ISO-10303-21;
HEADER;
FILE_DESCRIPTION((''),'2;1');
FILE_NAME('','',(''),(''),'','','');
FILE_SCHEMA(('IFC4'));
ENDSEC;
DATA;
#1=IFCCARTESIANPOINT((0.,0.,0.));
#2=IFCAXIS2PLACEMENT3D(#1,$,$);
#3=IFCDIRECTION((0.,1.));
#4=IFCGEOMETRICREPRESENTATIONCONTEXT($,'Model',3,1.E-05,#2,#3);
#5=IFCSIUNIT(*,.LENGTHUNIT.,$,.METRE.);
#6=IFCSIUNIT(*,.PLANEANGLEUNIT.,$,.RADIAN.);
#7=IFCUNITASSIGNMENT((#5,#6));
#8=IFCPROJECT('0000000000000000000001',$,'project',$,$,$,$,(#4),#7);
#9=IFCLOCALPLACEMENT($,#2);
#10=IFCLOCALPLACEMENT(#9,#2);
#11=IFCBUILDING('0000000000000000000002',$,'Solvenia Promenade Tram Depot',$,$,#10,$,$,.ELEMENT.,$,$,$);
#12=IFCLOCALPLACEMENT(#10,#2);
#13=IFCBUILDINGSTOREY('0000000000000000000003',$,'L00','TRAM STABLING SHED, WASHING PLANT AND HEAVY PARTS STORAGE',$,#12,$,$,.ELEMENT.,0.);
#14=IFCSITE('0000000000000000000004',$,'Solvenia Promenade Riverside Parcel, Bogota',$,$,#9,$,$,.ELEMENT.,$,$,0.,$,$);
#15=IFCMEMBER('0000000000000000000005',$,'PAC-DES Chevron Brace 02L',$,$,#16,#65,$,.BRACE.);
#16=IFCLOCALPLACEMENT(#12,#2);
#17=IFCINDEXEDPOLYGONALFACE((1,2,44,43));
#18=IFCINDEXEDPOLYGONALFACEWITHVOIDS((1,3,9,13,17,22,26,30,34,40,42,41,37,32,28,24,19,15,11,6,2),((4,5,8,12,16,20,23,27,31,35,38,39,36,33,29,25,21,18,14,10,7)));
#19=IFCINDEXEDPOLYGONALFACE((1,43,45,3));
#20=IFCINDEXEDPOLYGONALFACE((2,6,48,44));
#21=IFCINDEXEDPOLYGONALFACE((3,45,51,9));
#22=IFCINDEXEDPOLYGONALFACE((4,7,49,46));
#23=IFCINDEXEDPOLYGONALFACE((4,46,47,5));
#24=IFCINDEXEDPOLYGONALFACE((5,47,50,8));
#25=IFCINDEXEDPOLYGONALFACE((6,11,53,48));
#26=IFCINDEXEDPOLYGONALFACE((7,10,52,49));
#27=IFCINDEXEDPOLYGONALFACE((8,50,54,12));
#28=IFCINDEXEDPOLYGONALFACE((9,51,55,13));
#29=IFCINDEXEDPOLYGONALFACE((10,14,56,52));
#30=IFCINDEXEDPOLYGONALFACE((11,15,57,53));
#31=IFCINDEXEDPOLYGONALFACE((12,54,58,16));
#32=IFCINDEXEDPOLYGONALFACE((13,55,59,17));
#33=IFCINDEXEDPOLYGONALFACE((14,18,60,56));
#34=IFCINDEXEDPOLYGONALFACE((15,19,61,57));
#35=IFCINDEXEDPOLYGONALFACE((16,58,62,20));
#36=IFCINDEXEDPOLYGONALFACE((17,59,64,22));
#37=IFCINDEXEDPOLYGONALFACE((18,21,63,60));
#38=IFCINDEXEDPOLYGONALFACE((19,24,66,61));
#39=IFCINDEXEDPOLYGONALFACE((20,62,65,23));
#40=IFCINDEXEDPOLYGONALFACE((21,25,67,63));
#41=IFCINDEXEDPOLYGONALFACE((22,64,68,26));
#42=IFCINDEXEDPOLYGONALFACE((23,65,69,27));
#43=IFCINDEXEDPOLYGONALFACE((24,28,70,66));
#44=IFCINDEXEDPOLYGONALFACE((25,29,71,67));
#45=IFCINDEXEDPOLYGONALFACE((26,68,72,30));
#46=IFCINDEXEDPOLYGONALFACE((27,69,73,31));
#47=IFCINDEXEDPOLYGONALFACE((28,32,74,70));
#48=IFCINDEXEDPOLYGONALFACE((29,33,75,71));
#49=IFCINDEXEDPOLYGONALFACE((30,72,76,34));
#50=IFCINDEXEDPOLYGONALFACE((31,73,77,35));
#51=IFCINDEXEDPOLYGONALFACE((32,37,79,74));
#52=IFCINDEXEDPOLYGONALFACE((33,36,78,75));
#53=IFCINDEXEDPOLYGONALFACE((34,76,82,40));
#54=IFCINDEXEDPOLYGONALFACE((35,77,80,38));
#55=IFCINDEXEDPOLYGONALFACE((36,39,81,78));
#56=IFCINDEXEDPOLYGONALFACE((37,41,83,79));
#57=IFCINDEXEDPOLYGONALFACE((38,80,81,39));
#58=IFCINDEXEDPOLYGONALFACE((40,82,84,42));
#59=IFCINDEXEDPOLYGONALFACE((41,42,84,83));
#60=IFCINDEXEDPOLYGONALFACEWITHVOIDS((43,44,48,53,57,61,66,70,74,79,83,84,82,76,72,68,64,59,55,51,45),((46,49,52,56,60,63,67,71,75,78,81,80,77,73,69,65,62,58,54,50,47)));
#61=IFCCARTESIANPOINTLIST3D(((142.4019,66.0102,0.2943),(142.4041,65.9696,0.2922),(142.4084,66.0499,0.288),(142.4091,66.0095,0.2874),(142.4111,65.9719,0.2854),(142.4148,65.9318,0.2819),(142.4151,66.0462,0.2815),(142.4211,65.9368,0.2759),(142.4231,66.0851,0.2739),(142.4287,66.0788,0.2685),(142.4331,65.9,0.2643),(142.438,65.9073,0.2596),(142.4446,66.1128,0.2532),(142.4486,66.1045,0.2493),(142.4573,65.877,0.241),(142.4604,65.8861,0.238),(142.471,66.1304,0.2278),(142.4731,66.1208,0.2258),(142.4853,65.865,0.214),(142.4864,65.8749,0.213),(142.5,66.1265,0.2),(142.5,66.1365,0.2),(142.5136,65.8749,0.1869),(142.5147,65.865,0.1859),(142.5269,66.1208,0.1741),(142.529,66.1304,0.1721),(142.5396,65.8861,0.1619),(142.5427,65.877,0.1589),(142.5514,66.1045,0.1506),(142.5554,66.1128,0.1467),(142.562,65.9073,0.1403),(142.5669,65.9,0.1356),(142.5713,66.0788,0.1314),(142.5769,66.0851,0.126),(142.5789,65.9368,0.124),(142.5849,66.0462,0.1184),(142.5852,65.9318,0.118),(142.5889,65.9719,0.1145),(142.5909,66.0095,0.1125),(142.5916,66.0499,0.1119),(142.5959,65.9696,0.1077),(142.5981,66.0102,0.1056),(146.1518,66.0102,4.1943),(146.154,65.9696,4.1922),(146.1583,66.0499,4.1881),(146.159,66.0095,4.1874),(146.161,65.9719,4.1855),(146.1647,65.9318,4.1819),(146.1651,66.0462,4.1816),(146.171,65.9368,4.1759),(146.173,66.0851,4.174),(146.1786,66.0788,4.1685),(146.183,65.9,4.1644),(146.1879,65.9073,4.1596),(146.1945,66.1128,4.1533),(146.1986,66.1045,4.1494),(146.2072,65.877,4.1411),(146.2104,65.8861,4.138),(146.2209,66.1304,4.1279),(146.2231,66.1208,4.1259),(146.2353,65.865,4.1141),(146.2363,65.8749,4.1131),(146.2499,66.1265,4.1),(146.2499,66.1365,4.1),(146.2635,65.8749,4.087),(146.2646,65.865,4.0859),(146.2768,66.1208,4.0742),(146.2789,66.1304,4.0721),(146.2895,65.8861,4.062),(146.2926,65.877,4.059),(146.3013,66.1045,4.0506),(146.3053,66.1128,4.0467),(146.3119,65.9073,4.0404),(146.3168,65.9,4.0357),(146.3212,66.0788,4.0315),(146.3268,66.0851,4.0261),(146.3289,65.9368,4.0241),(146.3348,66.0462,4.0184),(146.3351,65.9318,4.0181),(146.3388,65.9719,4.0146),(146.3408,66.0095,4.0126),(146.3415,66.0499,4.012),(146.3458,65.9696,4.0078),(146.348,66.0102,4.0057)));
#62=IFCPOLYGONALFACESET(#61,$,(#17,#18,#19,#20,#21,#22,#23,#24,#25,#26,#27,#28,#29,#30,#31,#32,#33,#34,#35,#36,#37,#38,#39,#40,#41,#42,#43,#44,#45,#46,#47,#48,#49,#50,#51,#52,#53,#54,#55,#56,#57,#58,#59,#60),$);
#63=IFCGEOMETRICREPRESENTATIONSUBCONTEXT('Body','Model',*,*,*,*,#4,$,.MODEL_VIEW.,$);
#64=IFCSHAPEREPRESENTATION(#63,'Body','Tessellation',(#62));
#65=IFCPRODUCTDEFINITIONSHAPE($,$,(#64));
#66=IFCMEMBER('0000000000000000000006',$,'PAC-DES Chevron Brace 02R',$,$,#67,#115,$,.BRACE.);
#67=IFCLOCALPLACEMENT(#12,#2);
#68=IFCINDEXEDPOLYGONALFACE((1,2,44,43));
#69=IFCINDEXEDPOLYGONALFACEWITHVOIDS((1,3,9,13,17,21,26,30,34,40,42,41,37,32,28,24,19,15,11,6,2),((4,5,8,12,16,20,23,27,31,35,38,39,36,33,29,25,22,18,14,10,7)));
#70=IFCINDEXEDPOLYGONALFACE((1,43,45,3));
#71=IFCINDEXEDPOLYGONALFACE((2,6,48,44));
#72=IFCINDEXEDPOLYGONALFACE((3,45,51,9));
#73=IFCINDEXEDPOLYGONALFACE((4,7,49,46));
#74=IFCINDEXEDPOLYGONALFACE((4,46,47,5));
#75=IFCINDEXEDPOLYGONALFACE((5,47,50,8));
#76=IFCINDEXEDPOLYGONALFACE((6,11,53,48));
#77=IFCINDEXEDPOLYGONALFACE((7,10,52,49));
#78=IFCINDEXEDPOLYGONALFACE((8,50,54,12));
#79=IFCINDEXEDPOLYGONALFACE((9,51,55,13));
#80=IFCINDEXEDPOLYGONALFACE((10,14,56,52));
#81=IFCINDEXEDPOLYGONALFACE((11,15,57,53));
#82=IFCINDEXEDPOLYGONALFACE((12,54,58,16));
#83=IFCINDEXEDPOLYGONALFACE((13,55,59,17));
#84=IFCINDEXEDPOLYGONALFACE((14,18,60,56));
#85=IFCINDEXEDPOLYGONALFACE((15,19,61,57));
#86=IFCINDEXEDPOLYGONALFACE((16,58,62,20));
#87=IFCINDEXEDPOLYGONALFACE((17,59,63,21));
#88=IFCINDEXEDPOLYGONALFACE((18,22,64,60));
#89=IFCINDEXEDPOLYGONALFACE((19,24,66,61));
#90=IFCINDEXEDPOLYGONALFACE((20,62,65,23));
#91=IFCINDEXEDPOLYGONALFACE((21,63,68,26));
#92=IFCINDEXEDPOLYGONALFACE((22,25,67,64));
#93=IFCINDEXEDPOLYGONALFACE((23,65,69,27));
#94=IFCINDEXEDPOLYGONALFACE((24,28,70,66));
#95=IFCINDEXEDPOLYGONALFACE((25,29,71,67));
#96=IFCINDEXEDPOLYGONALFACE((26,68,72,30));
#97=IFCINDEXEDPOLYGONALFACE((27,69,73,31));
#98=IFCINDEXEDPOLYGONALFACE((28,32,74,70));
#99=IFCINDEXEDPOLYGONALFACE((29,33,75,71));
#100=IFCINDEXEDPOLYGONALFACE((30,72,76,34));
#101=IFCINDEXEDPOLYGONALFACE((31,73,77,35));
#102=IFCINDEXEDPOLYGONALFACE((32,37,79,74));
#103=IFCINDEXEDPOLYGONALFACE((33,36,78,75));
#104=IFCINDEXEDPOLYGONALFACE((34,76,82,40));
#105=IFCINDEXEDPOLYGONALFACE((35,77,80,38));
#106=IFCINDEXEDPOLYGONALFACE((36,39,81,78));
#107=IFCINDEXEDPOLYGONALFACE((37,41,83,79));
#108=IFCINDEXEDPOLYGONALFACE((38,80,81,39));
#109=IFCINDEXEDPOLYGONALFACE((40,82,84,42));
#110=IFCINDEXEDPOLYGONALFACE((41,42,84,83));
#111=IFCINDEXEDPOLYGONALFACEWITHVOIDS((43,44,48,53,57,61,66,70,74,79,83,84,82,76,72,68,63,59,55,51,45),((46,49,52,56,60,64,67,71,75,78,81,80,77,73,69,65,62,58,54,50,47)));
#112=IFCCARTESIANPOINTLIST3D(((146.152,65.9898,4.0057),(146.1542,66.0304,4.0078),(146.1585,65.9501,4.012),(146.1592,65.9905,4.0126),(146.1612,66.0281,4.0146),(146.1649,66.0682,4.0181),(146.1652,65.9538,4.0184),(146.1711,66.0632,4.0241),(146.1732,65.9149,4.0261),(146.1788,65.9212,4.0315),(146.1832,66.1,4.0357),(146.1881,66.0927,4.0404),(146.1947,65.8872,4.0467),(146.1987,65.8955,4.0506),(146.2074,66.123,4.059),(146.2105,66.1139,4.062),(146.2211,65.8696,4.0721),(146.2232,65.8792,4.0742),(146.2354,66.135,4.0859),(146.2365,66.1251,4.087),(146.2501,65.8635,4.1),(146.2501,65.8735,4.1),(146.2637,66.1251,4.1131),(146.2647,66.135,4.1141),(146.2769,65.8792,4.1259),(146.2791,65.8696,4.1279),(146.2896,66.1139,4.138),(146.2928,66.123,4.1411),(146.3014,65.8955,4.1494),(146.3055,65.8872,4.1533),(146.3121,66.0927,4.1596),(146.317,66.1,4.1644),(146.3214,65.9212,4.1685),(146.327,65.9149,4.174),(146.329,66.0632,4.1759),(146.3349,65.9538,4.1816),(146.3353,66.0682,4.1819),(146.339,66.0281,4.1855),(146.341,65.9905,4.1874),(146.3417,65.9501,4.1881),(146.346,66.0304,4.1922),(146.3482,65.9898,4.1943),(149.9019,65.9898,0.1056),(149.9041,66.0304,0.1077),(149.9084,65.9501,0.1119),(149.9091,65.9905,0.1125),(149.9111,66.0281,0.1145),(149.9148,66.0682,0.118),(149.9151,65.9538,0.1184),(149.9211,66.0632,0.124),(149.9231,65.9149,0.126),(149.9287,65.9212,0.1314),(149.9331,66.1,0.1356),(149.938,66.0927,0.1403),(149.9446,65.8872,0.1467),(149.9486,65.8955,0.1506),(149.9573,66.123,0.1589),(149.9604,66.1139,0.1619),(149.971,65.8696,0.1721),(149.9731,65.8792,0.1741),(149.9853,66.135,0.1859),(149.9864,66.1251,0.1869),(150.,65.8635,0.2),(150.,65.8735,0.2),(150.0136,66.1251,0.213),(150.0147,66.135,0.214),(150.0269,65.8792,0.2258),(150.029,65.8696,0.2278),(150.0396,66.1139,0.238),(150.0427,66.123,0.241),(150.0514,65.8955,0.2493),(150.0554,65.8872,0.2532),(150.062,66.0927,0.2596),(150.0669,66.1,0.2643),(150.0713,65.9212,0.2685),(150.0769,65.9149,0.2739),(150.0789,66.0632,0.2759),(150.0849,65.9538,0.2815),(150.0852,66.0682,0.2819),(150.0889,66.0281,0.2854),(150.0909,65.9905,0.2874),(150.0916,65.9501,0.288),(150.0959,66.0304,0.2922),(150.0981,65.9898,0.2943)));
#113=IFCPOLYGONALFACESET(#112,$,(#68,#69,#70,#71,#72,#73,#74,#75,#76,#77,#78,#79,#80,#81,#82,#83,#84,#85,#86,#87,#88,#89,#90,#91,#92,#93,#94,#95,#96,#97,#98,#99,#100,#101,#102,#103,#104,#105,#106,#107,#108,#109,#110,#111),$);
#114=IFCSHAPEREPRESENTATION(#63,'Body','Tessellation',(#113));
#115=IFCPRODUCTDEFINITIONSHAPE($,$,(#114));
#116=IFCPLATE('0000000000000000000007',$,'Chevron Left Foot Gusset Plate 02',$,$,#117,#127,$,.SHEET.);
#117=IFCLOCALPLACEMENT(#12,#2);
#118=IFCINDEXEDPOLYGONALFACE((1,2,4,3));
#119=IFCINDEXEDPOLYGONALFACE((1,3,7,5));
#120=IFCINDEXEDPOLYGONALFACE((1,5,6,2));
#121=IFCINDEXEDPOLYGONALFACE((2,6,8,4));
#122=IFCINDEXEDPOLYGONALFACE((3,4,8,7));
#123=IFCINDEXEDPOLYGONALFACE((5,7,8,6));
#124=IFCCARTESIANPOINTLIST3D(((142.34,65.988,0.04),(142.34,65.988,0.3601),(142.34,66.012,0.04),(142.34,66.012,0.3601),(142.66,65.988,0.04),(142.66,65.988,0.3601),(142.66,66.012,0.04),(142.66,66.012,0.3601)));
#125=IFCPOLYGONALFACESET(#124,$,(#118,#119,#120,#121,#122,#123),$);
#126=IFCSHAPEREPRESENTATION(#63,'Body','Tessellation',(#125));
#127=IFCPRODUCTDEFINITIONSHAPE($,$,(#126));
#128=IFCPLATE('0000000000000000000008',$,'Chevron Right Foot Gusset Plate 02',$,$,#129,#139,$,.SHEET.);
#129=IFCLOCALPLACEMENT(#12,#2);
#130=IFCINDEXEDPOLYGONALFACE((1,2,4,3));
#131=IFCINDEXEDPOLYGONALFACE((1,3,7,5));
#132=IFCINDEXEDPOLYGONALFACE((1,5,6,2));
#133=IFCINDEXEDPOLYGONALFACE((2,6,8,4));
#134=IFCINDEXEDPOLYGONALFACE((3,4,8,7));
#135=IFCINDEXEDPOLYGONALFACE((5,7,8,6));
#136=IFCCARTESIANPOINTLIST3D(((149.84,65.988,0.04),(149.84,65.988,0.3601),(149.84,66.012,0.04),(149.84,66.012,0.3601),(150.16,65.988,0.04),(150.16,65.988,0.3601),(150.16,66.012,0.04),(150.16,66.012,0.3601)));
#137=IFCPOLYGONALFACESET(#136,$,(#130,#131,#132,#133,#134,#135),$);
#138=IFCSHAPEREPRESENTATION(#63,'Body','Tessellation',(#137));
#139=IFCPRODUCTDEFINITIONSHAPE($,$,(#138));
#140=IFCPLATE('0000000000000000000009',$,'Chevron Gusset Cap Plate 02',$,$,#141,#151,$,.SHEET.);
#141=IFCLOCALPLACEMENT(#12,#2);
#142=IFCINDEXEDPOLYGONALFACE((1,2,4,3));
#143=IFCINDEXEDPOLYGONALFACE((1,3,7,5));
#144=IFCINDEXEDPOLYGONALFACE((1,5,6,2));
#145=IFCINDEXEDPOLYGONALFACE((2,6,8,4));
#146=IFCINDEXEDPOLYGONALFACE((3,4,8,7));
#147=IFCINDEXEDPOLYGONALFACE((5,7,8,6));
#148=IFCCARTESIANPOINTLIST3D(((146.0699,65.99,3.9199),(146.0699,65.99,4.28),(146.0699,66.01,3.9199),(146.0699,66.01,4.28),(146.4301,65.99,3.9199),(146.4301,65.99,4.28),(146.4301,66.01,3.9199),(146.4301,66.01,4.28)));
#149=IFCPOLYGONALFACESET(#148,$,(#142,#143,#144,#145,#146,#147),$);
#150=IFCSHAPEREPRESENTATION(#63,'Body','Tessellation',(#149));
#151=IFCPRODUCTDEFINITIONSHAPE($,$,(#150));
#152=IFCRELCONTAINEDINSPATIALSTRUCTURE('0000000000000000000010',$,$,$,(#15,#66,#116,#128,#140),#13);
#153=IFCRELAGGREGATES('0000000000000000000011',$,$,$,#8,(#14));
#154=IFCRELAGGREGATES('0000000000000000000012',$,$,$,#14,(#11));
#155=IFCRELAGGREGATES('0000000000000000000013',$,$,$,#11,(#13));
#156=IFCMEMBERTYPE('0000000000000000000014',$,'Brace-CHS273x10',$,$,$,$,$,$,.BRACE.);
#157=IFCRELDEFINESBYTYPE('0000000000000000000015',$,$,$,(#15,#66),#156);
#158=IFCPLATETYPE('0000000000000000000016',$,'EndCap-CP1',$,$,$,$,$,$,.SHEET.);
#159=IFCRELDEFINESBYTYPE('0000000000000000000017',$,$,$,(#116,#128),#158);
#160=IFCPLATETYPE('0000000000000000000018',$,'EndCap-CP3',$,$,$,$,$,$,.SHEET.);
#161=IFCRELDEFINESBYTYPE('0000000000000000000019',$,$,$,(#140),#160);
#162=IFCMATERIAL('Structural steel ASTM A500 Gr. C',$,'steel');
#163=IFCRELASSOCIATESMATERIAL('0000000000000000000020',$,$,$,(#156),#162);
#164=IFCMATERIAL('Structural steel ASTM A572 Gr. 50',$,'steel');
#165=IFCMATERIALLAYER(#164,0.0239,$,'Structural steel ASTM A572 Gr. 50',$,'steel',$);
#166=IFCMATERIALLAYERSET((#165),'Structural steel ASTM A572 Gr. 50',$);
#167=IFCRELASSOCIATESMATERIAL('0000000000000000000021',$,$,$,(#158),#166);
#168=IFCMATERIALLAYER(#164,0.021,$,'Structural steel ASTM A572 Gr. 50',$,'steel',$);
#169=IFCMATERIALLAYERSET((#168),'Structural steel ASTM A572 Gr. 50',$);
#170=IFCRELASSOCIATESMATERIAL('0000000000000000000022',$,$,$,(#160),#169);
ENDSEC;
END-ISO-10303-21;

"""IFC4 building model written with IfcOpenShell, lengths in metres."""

from ifc_helpers import new_model, si_unit, direction, frame, origin, origin_2d, place, context, subcontext, project, spatial, rectangle, hollow_circle, extrude, material, layer, layer_set, material_profile, profile_set, type_object, element, save


model = new_model("IFC4")

# Units and contexts
model_context = context("Model", 3, precision=1e-05, world=origin(), true_north=direction((0.0, 1.0)))
body_context = subcontext(model_context, "Body", "Model", "MODEL_VIEW")
ifc_project = project(units=[si_unit("LENGTHUNIT", "METRE"), si_unit("PLANEANGLEUNIT", "RADIAN")], contexts=[model_context])

# Site, building, storey
site_placement = place(None, origin())
site = spatial("IfcSite", under=ifc_project, at=site_placement, Name="Solvenia Promenade Riverside Parcel, Bogota", CompositionType="ELEMENT", RefElevation=0.0)
building_placement = place(site_placement, origin())
building = spatial("IfcBuilding", under=site, at=building_placement, Name="Solvenia Promenade Tram Depot", CompositionType="ELEMENT")
storey_placement = place(building_placement, origin())
storey = spatial("IfcBuildingStorey", under=building, at=storey_placement, Name="L00", Description="TRAM STABLING SHED, WASHING PLANT AND HEAVY PARTS STORAGE", CompositionType="ELEMENT", Elevation=0.0)

# Members
ifc_material_1 = material(Name="Structural steel ASTM A500 Gr. C", Category="steel")
ifc_material_profile_1 = material_profile(ifc_material_1, hollow_circle(Radius=0.1365, WallThickness=0.01, at=origin_2d()), Name="CHS273.0x10", Category="steel")
ifc_profile_set_1 = profile_set([ifc_material_profile_1], Name="Structural steel ASTM A500 Gr. C")
member_type = type_object("IfcMemberType", Name="Brace-CHS273x10", PredefinedType="BRACE", material=ifc_profile_set_1)
for number, where, z_axis, x_axis, name in (
    (1, (142.5, 66.0, 0.2), (0.693095, 0.0, 0.720846), (0.0, 1.0, 0.0), "PAC-DES Chevron Brace 02L"),
    (2, (150.0, 66.0, 0.2), (-0.693095, 0.0, 0.720846), (0.0, -1.0, 0.0), "PAC-DES Chevron Brace 02R"),
):
    element("IfcMember", number, at=place(storey_placement, frame(where, z_axis=z_axis, x_axis=x_axis)), inside=storey, type_object=member_type, Name=name, PredefinedType="BRACE", context=body_context, shape_type="SweptSolid", body=[
        extrude(hollow_circle(Radius=0.1365, WallThickness=0.01, at=origin_2d()), origin(), (0.0, 0.0, 1.0), 5.4104),
    ])

# Plates
ifc_material_2 = material(Name="Structural steel ASTM A572 Gr. 50", Category="steel")
ifc_layer_1 = layer(ifc_material_2, 0.0239, Name="Structural steel ASTM A572 Gr. 50", Category="steel")
ifc_layer_set_1 = layer_set([ifc_layer_1], Name="Structural steel ASTM A572 Gr. 50")
plate_type_1 = type_object("IfcPlateType", Name="EndCap-CP1", PredefinedType="SHEET", material=ifc_layer_set_1)
for number, where, z_axis, x_axis, name in (
    (3, (142.5, 66.0, 0.04), (0.0, 0.0, 1.0), (1.0, 0.0, 0.0), "Chevron Left Foot Gusset Plate 02"),
    (4, (150.0, 66.0, 0.04), (0.0, 0.0, 1.0), (1.0, 0.0, 0.0), "Chevron Right Foot Gusset Plate 02"),
):
    element("IfcPlate", number, at=place(storey_placement, frame(where, z_axis=z_axis, x_axis=x_axis)), inside=storey, type_object=plate_type_1, Name=name, PredefinedType="SHEET", context=body_context, shape_type="SweptSolid", body=[
        extrude(rectangle(XDim=0.3201, YDim=0.0239, at=origin_2d()), origin(), (0.0, 0.0, 1.0), 0.3201),
    ])
ifc_layer_2 = layer(ifc_material_2, 0.021, Name="Structural steel ASTM A572 Gr. 50", Category="steel")
ifc_layer_set_2 = layer_set([ifc_layer_2], Name="Structural steel ASTM A572 Gr. 50")
plate_type_2 = type_object("IfcPlateType", Name="EndCap-CP3", PredefinedType="SHEET", material=ifc_layer_set_2)
plate_placement = place(storey_placement, frame((146.25, 66.0, 3.9199), z_axis=(0.0, 0.0, 1.0), x_axis=(1.0, 0.0, 0.0)))
element("IfcPlate", 5, at=plate_placement, inside=storey, type_object=plate_type_2, Name="Chevron Gusset Cap Plate 02", PredefinedType="SHEET", context=body_context, shape_type="SweptSolid", body=[
    extrude(rectangle(XDim=0.3601, YDim=0.02, at=origin_2d()), origin(), (0.0, 0.0, 1.0), 0.3601),
])

save(model, "model.ifc")
